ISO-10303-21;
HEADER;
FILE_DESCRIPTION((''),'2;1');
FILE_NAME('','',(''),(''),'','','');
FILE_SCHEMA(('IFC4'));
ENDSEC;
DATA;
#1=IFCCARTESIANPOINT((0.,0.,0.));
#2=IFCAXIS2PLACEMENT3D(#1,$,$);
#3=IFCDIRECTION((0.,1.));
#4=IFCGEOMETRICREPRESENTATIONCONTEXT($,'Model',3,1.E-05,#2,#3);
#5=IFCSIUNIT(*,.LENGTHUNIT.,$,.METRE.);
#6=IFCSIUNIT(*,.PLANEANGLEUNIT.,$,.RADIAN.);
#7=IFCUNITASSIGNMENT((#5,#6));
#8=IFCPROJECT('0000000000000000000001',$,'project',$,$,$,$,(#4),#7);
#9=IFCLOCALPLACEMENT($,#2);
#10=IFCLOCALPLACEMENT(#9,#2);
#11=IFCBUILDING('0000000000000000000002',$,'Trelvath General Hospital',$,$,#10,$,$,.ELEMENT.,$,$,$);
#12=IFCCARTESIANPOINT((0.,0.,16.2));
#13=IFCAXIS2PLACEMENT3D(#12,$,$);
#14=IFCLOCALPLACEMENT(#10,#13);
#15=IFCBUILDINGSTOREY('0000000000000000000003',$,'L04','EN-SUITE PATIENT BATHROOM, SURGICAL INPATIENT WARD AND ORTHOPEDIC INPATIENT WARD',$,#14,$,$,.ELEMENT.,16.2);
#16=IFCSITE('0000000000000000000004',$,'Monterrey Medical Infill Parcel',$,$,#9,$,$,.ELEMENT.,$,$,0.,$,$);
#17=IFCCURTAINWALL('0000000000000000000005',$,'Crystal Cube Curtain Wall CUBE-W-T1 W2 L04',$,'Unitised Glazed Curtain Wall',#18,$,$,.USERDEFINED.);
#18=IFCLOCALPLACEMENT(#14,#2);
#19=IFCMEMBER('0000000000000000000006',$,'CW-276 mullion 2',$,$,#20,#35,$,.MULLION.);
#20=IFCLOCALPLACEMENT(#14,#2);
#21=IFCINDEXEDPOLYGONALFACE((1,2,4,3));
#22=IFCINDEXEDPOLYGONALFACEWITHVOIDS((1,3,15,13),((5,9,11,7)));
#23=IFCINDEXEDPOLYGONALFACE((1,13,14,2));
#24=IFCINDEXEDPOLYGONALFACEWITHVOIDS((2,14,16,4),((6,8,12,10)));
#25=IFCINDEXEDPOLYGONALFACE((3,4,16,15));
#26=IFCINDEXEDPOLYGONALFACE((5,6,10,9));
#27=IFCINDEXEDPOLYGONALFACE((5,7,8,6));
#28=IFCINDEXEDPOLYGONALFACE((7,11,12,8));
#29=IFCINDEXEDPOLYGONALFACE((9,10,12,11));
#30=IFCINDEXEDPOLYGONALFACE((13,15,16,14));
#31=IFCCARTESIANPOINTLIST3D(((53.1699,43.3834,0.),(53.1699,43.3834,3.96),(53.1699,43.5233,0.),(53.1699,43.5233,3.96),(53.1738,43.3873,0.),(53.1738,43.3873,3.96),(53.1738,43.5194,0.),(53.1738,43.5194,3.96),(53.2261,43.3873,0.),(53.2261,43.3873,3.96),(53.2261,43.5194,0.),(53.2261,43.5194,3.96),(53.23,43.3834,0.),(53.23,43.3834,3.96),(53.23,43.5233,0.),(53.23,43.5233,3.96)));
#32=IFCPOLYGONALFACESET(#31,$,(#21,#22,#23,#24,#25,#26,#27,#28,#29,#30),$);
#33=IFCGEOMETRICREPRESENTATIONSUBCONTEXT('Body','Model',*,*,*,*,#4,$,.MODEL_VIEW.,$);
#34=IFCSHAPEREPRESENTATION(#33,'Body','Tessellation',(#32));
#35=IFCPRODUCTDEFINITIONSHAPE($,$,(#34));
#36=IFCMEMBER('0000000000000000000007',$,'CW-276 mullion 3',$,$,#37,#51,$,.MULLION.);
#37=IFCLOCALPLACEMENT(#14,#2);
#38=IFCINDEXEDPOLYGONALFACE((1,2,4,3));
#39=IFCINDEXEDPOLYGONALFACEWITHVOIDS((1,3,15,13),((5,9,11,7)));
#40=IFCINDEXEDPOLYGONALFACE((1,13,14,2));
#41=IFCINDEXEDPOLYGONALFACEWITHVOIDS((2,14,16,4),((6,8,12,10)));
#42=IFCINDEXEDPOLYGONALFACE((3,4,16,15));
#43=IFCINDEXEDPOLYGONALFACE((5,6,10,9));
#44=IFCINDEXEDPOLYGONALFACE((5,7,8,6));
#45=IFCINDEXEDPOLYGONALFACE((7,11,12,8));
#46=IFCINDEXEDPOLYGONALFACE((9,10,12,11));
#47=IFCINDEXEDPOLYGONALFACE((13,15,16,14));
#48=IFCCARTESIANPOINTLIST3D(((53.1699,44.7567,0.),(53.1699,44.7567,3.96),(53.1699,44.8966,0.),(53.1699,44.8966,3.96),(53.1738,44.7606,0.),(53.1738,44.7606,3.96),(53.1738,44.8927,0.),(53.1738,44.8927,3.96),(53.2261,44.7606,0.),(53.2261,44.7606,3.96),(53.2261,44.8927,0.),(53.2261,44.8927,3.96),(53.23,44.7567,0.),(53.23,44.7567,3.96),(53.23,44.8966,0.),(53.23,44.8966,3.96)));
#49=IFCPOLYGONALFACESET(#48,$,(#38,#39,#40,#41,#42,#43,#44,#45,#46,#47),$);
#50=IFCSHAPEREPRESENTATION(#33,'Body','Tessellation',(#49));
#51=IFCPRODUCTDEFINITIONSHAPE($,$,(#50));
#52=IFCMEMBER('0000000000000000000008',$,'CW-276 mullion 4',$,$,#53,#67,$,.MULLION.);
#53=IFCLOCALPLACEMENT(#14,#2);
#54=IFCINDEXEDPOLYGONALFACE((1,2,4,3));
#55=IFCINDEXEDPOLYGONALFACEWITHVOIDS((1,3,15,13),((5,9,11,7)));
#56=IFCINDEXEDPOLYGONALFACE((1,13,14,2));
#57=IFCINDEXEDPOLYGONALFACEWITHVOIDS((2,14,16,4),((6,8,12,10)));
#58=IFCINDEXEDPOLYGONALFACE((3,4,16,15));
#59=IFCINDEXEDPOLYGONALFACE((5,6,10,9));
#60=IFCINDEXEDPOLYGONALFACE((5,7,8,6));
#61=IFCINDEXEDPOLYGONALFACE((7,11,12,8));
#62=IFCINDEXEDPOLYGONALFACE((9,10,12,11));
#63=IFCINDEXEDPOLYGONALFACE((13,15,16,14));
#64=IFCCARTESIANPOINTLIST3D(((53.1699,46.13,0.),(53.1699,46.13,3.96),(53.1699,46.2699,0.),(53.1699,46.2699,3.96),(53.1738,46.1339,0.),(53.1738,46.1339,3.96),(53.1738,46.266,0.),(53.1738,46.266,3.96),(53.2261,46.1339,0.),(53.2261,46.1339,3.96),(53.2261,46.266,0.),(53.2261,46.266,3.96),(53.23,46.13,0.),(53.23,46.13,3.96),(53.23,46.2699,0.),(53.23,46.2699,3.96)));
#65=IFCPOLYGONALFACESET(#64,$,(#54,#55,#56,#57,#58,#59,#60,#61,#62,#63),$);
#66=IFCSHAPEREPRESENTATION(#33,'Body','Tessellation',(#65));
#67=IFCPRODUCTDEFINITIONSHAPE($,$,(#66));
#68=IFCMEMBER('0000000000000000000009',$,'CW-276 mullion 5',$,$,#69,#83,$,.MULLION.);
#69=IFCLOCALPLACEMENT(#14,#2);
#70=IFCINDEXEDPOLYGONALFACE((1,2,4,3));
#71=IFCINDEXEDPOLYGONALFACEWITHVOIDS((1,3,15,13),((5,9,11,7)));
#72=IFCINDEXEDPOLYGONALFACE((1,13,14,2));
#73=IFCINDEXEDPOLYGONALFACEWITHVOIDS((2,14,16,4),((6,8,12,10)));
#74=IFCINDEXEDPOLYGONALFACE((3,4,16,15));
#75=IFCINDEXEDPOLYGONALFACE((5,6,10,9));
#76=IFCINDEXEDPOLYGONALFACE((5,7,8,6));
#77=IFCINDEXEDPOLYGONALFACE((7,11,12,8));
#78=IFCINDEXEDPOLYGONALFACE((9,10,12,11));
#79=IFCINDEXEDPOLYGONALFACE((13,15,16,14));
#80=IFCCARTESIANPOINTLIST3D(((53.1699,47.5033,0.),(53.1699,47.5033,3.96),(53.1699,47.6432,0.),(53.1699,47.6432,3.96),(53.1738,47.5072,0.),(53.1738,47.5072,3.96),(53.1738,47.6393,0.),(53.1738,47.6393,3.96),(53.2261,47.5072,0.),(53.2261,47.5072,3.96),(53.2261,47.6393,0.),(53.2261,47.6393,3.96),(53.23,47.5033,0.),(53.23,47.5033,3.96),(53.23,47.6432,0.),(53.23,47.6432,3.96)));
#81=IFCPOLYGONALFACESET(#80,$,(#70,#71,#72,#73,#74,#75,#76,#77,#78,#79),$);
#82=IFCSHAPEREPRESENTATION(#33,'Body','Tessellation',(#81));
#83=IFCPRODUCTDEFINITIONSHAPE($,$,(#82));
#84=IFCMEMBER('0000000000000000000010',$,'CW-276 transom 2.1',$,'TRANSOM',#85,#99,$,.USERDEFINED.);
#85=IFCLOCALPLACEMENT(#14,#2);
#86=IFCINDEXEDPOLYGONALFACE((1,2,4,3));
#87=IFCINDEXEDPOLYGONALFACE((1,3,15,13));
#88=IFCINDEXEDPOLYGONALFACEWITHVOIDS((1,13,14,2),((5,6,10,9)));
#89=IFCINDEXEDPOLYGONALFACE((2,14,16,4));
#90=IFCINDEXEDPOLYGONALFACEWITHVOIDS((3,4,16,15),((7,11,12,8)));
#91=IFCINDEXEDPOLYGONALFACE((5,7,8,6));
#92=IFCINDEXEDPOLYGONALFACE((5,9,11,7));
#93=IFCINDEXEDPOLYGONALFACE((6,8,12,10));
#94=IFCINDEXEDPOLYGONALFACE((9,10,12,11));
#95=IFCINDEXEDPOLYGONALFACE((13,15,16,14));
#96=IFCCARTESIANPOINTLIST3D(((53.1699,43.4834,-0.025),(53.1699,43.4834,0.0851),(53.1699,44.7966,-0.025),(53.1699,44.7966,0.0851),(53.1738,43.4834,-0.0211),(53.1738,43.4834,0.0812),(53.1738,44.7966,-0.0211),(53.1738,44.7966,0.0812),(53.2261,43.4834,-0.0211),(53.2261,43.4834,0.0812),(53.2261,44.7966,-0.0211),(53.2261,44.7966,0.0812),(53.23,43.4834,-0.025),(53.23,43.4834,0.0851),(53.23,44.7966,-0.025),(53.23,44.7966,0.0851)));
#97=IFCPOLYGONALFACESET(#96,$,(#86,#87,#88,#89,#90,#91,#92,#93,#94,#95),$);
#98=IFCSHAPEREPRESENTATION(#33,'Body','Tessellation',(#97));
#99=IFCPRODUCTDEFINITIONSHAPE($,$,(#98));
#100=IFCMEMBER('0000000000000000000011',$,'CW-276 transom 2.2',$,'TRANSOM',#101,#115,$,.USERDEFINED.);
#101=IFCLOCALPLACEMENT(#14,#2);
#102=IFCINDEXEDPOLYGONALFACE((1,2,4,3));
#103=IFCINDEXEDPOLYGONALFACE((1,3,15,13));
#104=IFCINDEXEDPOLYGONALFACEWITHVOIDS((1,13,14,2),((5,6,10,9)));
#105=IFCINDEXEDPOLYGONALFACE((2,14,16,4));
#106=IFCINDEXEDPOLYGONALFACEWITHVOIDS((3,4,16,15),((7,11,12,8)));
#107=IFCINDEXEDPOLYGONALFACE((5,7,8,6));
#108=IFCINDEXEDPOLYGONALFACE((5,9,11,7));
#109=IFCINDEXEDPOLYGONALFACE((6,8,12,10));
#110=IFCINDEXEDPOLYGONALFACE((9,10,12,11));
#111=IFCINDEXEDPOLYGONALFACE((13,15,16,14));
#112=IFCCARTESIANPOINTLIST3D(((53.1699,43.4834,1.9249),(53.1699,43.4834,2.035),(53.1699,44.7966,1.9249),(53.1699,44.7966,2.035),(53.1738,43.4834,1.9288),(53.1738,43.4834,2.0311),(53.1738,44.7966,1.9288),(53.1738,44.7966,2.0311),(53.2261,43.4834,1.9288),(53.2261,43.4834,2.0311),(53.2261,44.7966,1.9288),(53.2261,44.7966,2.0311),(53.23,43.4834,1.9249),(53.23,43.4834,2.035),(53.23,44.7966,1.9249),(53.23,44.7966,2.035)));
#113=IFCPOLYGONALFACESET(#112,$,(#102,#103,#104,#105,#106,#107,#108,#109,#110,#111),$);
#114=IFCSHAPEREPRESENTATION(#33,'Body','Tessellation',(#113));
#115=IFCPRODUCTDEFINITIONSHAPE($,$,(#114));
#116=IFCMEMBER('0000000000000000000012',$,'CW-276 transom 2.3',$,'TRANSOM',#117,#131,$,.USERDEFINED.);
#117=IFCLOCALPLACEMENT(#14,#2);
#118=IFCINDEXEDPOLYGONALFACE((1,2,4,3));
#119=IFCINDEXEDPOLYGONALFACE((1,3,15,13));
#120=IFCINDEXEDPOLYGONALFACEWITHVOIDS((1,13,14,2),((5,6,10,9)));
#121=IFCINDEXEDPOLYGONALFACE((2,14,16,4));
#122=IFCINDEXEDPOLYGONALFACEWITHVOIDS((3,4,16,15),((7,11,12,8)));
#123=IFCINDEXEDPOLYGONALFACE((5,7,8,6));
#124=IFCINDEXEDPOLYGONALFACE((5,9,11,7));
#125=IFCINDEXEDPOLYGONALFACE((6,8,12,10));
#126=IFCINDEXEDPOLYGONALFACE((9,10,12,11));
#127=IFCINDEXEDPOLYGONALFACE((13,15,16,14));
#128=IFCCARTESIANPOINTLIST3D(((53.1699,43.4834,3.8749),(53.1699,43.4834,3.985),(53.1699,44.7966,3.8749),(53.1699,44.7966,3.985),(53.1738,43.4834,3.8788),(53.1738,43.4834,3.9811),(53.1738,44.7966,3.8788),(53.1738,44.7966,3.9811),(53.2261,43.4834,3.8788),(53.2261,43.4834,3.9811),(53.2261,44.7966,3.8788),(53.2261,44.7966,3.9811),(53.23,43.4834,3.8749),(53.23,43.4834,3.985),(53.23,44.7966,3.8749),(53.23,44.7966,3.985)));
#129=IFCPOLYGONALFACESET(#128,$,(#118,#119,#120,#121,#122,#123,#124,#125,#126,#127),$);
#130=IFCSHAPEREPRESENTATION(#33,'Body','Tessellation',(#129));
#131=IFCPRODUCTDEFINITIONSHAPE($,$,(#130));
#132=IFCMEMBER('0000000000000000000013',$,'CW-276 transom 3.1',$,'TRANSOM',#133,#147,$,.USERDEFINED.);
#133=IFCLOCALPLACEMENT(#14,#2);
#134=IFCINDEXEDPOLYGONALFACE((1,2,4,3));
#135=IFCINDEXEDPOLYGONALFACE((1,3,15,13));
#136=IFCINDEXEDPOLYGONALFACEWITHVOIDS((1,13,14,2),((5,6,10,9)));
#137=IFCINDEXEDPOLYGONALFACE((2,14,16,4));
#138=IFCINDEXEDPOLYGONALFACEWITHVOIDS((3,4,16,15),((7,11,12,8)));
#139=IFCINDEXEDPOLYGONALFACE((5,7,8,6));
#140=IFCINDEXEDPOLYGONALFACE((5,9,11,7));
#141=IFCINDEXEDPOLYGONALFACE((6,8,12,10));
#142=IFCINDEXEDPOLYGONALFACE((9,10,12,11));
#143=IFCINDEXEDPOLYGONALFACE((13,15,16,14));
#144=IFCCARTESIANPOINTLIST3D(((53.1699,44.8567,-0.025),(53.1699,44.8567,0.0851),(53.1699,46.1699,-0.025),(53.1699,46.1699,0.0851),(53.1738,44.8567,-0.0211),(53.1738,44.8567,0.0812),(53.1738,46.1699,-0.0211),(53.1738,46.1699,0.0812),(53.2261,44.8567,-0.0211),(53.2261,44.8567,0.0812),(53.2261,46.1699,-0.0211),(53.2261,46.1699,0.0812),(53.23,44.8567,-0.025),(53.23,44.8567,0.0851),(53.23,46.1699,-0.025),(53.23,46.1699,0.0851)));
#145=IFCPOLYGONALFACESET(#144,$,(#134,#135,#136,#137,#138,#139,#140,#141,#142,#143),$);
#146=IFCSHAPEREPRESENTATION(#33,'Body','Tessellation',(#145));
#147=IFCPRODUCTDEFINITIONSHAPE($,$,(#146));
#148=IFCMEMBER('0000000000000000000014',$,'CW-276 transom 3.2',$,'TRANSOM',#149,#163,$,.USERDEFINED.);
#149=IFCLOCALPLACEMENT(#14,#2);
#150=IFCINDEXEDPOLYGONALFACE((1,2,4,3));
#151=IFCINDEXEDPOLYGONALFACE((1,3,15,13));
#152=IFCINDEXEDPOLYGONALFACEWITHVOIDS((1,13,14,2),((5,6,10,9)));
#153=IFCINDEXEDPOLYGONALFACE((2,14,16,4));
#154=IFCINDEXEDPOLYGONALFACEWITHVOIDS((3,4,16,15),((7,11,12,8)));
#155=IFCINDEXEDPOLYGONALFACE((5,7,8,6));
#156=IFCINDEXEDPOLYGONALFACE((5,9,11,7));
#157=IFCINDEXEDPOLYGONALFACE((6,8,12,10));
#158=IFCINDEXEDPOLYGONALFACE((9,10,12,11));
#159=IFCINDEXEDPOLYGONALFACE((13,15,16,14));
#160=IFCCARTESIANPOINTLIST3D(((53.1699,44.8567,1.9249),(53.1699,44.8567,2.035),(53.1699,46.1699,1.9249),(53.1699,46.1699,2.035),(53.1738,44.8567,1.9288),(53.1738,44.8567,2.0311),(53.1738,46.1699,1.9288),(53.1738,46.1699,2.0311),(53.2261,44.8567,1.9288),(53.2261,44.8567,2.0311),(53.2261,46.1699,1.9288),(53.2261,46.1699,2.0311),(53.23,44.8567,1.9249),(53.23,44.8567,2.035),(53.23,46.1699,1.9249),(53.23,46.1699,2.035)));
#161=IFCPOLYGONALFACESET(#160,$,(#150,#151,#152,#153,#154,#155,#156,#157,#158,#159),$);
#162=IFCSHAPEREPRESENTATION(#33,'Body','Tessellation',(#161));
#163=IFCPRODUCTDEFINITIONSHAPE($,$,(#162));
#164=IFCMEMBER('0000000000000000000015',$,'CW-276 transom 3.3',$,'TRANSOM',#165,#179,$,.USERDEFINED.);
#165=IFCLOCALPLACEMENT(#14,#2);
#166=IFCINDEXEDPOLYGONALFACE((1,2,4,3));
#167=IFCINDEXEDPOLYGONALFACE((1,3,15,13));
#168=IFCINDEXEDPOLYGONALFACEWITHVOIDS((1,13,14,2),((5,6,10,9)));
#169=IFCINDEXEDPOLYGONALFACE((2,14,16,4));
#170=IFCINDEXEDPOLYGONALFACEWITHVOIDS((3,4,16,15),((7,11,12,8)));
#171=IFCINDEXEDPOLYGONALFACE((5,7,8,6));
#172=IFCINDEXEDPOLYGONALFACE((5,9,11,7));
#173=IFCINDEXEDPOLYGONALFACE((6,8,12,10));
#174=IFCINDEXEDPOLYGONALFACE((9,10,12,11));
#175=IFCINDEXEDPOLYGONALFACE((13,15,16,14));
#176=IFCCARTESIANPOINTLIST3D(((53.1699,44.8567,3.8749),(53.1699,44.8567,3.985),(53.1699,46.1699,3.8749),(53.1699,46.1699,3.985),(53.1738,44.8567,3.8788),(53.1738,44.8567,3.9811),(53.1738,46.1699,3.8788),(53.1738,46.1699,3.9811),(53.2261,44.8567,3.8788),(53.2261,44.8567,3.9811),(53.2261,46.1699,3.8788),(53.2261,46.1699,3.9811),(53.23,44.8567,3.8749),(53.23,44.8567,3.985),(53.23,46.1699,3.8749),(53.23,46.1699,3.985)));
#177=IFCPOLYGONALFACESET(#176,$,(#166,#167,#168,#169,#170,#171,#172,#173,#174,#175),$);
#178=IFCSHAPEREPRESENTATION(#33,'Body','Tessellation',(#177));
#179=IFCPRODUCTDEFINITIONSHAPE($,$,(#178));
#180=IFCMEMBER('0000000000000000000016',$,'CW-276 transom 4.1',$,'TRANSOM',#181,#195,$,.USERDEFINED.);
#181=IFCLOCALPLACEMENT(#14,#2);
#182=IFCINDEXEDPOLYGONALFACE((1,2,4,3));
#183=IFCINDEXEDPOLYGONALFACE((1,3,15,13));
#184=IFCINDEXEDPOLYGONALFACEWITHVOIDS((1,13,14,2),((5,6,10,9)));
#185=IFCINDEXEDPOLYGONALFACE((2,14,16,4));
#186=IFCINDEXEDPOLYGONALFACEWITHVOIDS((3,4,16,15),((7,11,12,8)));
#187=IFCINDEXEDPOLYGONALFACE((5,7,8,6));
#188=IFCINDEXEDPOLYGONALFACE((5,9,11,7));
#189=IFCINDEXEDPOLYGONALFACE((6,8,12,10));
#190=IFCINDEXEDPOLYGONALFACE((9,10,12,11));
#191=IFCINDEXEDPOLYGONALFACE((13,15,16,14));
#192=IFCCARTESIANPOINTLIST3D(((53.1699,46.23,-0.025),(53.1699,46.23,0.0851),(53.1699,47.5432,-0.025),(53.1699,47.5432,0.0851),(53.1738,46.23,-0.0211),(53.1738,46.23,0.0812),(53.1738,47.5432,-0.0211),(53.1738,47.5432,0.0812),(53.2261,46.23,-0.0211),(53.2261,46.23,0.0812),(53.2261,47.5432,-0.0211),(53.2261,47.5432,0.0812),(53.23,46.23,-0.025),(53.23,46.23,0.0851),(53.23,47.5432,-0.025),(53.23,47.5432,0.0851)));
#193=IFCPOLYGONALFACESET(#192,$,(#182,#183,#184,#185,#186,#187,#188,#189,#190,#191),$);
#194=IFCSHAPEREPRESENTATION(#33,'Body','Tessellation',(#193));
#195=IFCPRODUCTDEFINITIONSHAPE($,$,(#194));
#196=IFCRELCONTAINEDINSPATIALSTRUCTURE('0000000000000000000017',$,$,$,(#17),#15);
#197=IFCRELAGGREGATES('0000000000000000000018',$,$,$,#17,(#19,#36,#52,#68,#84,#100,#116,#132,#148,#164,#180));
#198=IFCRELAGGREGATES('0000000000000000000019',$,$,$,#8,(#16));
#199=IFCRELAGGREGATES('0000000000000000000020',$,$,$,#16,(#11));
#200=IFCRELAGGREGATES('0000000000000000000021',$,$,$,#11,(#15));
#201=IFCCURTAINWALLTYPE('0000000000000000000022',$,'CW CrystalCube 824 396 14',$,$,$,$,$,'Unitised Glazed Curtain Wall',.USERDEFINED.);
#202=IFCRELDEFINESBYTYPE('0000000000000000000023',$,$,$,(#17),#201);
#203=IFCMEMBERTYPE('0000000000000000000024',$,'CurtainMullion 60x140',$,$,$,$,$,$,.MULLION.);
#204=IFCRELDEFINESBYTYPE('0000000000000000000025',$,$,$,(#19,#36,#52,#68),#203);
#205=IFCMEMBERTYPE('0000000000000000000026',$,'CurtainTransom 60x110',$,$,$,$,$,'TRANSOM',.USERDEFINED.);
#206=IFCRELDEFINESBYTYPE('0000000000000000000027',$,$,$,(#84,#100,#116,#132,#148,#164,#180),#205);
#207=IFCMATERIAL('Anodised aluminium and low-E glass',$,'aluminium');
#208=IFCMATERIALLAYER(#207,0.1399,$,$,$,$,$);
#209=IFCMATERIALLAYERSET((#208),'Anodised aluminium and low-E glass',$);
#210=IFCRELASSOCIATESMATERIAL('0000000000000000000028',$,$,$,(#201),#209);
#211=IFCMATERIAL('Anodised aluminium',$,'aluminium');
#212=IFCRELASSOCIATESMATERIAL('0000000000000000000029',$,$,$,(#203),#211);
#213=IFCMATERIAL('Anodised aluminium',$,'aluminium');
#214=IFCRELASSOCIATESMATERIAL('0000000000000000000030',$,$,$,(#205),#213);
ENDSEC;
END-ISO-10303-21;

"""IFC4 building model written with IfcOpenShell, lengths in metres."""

from ifc_helpers import new_model, si_unit, direction, frame, origin, origin_2d, place, context, subcontext, project, spatial, hollow_rectangle, extrude, material, layer, layer_set, material_profile, profile_set, type_object, element, aggregate, save


model = new_model("IFC4")

# Units and contexts
model_context = context("Model", 3, precision=1e-05, world=origin(), true_north=direction((0.0, 1.0)))
body_context = subcontext(model_context, "Body", "Model", "MODEL_VIEW")
ifc_project = project(units=[si_unit("LENGTHUNIT", "METRE"), si_unit("PLANEANGLEUNIT", "RADIAN")], contexts=[model_context])

# Site, building, storey
site_placement = place(None, origin())
site = spatial("IfcSite", under=ifc_project, at=site_placement, Name="Monterrey Medical Infill Parcel", CompositionType="ELEMENT", RefElevation=0.0)
building_placement = place(site_placement, origin())
building = spatial("IfcBuilding", under=site, at=building_placement, Name="Trelvath General Hospital", CompositionType="ELEMENT")
storey_placement = place(building_placement, frame((0.0, 0.0, 16.2)))
storey = spatial("IfcBuildingStorey", under=building, at=storey_placement, Name="L04", Description="EN-SUITE PATIENT BATHROOM, SURGICAL INPATIENT WARD AND ORTHOPEDIC INPATIENT WARD", CompositionType="ELEMENT", Elevation=16.2)

# Curtain wall, members
ifc_material_1 = material(Name="Anodised aluminium and low-E glass", Category="aluminium")
ifc_layer_1 = layer(ifc_material_1, 0.1399)
ifc_layer_set_1 = layer_set([ifc_layer_1], Name="Anodised aluminium and low-E glass")
curtain_wall_type = type_object("IfcCurtainWallType", Name="CW CrystalCube 824 396 14", ElementType="Unitised Glazed Curtain Wall", PredefinedType="USERDEFINED", material=ifc_layer_set_1)
curtain_wall_placement = place(storey_placement, origin())
curtain_wall = element("IfcCurtainWall", 1, at=curtain_wall_placement, inside=storey, type_object=curtain_wall_type, Name="Crystal Cube Curtain Wall CUBE-W-T1 W2 L04", ObjectType="Unitised Glazed Curtain Wall", PredefinedType="USERDEFINED")
ifc_material_2 = material(Name="Anodised aluminium", Category="aluminium")
ifc_material_profile_1 = material_profile(ifc_material_2, hollow_rectangle(XDim=0.0601, YDim=0.1399, WallThickness=0.0039, at=origin_2d()), Name="RHS60x140x4")
ifc_profile_set_1 = profile_set([ifc_material_profile_1], Name="Anodised aluminium")
member_type_1 = type_object("IfcMemberType", Name="CurtainMullion 60x140", PredefinedType="MULLION", material=ifc_profile_set_1)
member_1_placement = place(storey_placement, frame((53.2, 43.4534, 0.0), z_axis=(0.0, 0.0, 1.0), x_axis=(-1.0, 0.0, 0.0)))
member_1 = element("IfcMember", 2, at=member_1_placement, type_object=member_type_1, Name="CW-276 mullion 2", PredefinedType="MULLION", context=body_context, shape_type="SweptSolid", body=[
    extrude(hollow_rectangle(XDim=0.0601, YDim=0.1399, WallThickness=0.0039, at=origin_2d()), origin(), (0.0, 0.0, 1.0), 3.96),
])
member_2_placement = place(storey_placement, frame((53.2, 44.8267, 0.0), z_axis=(0.0, 0.0, 1.0), x_axis=(-1.0, 0.0, 0.0)))
member_2 = element("IfcMember", 3, at=member_2_placement, type_object=member_type_1, Name="CW-276 mullion 3", PredefinedType="MULLION", context=body_context, shape_type="SweptSolid", body=[
    extrude(hollow_rectangle(XDim=0.0601, YDim=0.1399, WallThickness=0.0039, at=origin_2d()), origin(), (0.0, 0.0, 1.0), 3.96),
])
member_3_placement = place(storey_placement, frame((53.2, 46.2, 0.0), z_axis=(0.0, 0.0, 1.0), x_axis=(-1.0, 0.0, 0.0)))
member_3 = element("IfcMember", 4, at=member_3_placement, type_object=member_type_1, Name="CW-276 mullion 4", PredefinedType="MULLION", context=body_context, shape_type="SweptSolid", body=[
    extrude(hollow_rectangle(XDim=0.0601, YDim=0.1399, WallThickness=0.0039, at=origin_2d()), origin(), (0.0, 0.0, 1.0), 3.96),
])
member_4_placement = place(storey_placement, frame((53.2, 47.5732, 0.0), z_axis=(0.0, 0.0, 1.0), x_axis=(-1.0, 0.0, 0.0)))
member_4 = element("IfcMember", 5, at=member_4_placement, type_object=member_type_1, Name="CW-276 mullion 5", PredefinedType="MULLION", context=body_context, shape_type="SweptSolid", body=[
    extrude(hollow_rectangle(XDim=0.0601, YDim=0.1399, WallThickness=0.0039, at=origin_2d()), origin(), (0.0, 0.0, 1.0), 3.96),
])
ifc_material_3 = material(Name="Anodised aluminium", Category="aluminium")
ifc_material_profile_2 = material_profile(ifc_material_3, hollow_rectangle(XDim=0.0601, YDim=0.1101, WallThickness=0.0039, at=origin_2d()), Name="RHS60x110x4")
ifc_profile_set_2 = profile_set([ifc_material_profile_2], Name="Anodised aluminium")
member_type_2 = type_object("IfcMemberType", Name="CurtainTransom 60x110", ElementType="TRANSOM", PredefinedType="USERDEFINED", material=ifc_profile_set_2)
member_5_placement = place(storey_placement, frame((53.2, 43.4834, 0.03), z_axis=(0.0, 1.0, 0.0), x_axis=(-1.0, 0.0, 0.0)))
member_5 = element("IfcMember", 6, at=member_5_placement, type_object=member_type_2, Name="CW-276 transom 2.1", ObjectType="TRANSOM", PredefinedType="USERDEFINED", context=body_context, shape_type="SweptSolid", body=[
    extrude(hollow_rectangle(XDim=0.0601, YDim=0.1101, WallThickness=0.0039, at=origin_2d()), origin(), (0.0, 0.0, 1.0), 1.3132),
])
member_6_placement = place(storey_placement, frame((53.2, 43.4834, 1.98), z_axis=(0.0, 1.0, 0.0), x_axis=(-1.0, 0.0, 0.0)))
member_6 = element("IfcMember", 7, at=member_6_placement, type_object=member_type_2, Name="CW-276 transom 2.2", ObjectType="TRANSOM", PredefinedType="USERDEFINED", context=body_context, shape_type="SweptSolid", body=[
    extrude(hollow_rectangle(XDim=0.0601, YDim=0.1101, WallThickness=0.0039, at=origin_2d()), origin(), (0.0, 0.0, 1.0), 1.3132),
])
member_7_placement = place(storey_placement, frame((53.2, 43.4834, 3.9299), z_axis=(0.0, 1.0, 0.0), x_axis=(-1.0, 0.0, 0.0)))
member_7 = element("IfcMember", 8, at=member_7_placement, type_object=member_type_2, Name="CW-276 transom 2.3", ObjectType="TRANSOM", PredefinedType="USERDEFINED", context=body_context, shape_type="SweptSolid", body=[
    extrude(hollow_rectangle(XDim=0.0601, YDim=0.1101, WallThickness=0.0039, at=origin_2d()), origin(), (0.0, 0.0, 1.0), 1.3132),
])
member_8_placement = place(storey_placement, frame((53.2, 44.8567, 0.03), z_axis=(0.0, 1.0, 0.0), x_axis=(-1.0, 0.0, 0.0)))
member_8 = element("IfcMember", 9, at=member_8_placement, type_object=member_type_2, Name="CW-276 transom 3.1", ObjectType="TRANSOM", PredefinedType="USERDEFINED", context=body_context, shape_type="SweptSolid", body=[
    extrude(hollow_rectangle(XDim=0.0601, YDim=0.1101, WallThickness=0.0039, at=origin_2d()), origin(), (0.0, 0.0, 1.0), 1.3132),
])
member_9_placement = place(storey_placement, frame((53.2, 44.8567, 1.98), z_axis=(0.0, 1.0, 0.0), x_axis=(-1.0, 0.0, 0.0)))
member_9 = element("IfcMember", 10, at=member_9_placement, type_object=member_type_2, Name="CW-276 transom 3.2", ObjectType="TRANSOM", PredefinedType="USERDEFINED", context=body_context, shape_type="SweptSolid", body=[
    extrude(hollow_rectangle(XDim=0.0601, YDim=0.1101, WallThickness=0.0039, at=origin_2d()), origin(), (0.0, 0.0, 1.0), 1.3132),
])
member_10_placement = place(storey_placement, frame((53.2, 44.8567, 3.9299), z_axis=(0.0, 1.0, 0.0), x_axis=(-1.0, 0.0, 0.0)))
member_10 = element("IfcMember", 11, at=member_10_placement, type_object=member_type_2, Name="CW-276 transom 3.3", ObjectType="TRANSOM", PredefinedType="USERDEFINED", context=body_context, shape_type="SweptSolid", body=[
    extrude(hollow_rectangle(XDim=0.0601, YDim=0.1101, WallThickness=0.0039, at=origin_2d()), origin(), (0.0, 0.0, 1.0), 1.3132),
])
member_11_placement = place(storey_placement, frame((53.2, 46.23, 0.03), z_axis=(0.0, 1.0, 0.0), x_axis=(-1.0, 0.0, 0.0)))
member_11 = element("IfcMember", 12, at=member_11_placement, type_object=member_type_2, Name="CW-276 transom 4.1", ObjectType="TRANSOM", PredefinedType="USERDEFINED", context=body_context, shape_type="SweptSolid", body=[
    extrude(hollow_rectangle(XDim=0.0601, YDim=0.1101, WallThickness=0.0039, at=origin_2d()), origin(), (0.0, 0.0, 1.0), 1.3132),
])
aggregate(curtain_wall, [member_1, member_2, member_3, member_4, member_5, member_6, member_7, member_8, member_9, member_10, member_11])

save(model, "model.ifc")
